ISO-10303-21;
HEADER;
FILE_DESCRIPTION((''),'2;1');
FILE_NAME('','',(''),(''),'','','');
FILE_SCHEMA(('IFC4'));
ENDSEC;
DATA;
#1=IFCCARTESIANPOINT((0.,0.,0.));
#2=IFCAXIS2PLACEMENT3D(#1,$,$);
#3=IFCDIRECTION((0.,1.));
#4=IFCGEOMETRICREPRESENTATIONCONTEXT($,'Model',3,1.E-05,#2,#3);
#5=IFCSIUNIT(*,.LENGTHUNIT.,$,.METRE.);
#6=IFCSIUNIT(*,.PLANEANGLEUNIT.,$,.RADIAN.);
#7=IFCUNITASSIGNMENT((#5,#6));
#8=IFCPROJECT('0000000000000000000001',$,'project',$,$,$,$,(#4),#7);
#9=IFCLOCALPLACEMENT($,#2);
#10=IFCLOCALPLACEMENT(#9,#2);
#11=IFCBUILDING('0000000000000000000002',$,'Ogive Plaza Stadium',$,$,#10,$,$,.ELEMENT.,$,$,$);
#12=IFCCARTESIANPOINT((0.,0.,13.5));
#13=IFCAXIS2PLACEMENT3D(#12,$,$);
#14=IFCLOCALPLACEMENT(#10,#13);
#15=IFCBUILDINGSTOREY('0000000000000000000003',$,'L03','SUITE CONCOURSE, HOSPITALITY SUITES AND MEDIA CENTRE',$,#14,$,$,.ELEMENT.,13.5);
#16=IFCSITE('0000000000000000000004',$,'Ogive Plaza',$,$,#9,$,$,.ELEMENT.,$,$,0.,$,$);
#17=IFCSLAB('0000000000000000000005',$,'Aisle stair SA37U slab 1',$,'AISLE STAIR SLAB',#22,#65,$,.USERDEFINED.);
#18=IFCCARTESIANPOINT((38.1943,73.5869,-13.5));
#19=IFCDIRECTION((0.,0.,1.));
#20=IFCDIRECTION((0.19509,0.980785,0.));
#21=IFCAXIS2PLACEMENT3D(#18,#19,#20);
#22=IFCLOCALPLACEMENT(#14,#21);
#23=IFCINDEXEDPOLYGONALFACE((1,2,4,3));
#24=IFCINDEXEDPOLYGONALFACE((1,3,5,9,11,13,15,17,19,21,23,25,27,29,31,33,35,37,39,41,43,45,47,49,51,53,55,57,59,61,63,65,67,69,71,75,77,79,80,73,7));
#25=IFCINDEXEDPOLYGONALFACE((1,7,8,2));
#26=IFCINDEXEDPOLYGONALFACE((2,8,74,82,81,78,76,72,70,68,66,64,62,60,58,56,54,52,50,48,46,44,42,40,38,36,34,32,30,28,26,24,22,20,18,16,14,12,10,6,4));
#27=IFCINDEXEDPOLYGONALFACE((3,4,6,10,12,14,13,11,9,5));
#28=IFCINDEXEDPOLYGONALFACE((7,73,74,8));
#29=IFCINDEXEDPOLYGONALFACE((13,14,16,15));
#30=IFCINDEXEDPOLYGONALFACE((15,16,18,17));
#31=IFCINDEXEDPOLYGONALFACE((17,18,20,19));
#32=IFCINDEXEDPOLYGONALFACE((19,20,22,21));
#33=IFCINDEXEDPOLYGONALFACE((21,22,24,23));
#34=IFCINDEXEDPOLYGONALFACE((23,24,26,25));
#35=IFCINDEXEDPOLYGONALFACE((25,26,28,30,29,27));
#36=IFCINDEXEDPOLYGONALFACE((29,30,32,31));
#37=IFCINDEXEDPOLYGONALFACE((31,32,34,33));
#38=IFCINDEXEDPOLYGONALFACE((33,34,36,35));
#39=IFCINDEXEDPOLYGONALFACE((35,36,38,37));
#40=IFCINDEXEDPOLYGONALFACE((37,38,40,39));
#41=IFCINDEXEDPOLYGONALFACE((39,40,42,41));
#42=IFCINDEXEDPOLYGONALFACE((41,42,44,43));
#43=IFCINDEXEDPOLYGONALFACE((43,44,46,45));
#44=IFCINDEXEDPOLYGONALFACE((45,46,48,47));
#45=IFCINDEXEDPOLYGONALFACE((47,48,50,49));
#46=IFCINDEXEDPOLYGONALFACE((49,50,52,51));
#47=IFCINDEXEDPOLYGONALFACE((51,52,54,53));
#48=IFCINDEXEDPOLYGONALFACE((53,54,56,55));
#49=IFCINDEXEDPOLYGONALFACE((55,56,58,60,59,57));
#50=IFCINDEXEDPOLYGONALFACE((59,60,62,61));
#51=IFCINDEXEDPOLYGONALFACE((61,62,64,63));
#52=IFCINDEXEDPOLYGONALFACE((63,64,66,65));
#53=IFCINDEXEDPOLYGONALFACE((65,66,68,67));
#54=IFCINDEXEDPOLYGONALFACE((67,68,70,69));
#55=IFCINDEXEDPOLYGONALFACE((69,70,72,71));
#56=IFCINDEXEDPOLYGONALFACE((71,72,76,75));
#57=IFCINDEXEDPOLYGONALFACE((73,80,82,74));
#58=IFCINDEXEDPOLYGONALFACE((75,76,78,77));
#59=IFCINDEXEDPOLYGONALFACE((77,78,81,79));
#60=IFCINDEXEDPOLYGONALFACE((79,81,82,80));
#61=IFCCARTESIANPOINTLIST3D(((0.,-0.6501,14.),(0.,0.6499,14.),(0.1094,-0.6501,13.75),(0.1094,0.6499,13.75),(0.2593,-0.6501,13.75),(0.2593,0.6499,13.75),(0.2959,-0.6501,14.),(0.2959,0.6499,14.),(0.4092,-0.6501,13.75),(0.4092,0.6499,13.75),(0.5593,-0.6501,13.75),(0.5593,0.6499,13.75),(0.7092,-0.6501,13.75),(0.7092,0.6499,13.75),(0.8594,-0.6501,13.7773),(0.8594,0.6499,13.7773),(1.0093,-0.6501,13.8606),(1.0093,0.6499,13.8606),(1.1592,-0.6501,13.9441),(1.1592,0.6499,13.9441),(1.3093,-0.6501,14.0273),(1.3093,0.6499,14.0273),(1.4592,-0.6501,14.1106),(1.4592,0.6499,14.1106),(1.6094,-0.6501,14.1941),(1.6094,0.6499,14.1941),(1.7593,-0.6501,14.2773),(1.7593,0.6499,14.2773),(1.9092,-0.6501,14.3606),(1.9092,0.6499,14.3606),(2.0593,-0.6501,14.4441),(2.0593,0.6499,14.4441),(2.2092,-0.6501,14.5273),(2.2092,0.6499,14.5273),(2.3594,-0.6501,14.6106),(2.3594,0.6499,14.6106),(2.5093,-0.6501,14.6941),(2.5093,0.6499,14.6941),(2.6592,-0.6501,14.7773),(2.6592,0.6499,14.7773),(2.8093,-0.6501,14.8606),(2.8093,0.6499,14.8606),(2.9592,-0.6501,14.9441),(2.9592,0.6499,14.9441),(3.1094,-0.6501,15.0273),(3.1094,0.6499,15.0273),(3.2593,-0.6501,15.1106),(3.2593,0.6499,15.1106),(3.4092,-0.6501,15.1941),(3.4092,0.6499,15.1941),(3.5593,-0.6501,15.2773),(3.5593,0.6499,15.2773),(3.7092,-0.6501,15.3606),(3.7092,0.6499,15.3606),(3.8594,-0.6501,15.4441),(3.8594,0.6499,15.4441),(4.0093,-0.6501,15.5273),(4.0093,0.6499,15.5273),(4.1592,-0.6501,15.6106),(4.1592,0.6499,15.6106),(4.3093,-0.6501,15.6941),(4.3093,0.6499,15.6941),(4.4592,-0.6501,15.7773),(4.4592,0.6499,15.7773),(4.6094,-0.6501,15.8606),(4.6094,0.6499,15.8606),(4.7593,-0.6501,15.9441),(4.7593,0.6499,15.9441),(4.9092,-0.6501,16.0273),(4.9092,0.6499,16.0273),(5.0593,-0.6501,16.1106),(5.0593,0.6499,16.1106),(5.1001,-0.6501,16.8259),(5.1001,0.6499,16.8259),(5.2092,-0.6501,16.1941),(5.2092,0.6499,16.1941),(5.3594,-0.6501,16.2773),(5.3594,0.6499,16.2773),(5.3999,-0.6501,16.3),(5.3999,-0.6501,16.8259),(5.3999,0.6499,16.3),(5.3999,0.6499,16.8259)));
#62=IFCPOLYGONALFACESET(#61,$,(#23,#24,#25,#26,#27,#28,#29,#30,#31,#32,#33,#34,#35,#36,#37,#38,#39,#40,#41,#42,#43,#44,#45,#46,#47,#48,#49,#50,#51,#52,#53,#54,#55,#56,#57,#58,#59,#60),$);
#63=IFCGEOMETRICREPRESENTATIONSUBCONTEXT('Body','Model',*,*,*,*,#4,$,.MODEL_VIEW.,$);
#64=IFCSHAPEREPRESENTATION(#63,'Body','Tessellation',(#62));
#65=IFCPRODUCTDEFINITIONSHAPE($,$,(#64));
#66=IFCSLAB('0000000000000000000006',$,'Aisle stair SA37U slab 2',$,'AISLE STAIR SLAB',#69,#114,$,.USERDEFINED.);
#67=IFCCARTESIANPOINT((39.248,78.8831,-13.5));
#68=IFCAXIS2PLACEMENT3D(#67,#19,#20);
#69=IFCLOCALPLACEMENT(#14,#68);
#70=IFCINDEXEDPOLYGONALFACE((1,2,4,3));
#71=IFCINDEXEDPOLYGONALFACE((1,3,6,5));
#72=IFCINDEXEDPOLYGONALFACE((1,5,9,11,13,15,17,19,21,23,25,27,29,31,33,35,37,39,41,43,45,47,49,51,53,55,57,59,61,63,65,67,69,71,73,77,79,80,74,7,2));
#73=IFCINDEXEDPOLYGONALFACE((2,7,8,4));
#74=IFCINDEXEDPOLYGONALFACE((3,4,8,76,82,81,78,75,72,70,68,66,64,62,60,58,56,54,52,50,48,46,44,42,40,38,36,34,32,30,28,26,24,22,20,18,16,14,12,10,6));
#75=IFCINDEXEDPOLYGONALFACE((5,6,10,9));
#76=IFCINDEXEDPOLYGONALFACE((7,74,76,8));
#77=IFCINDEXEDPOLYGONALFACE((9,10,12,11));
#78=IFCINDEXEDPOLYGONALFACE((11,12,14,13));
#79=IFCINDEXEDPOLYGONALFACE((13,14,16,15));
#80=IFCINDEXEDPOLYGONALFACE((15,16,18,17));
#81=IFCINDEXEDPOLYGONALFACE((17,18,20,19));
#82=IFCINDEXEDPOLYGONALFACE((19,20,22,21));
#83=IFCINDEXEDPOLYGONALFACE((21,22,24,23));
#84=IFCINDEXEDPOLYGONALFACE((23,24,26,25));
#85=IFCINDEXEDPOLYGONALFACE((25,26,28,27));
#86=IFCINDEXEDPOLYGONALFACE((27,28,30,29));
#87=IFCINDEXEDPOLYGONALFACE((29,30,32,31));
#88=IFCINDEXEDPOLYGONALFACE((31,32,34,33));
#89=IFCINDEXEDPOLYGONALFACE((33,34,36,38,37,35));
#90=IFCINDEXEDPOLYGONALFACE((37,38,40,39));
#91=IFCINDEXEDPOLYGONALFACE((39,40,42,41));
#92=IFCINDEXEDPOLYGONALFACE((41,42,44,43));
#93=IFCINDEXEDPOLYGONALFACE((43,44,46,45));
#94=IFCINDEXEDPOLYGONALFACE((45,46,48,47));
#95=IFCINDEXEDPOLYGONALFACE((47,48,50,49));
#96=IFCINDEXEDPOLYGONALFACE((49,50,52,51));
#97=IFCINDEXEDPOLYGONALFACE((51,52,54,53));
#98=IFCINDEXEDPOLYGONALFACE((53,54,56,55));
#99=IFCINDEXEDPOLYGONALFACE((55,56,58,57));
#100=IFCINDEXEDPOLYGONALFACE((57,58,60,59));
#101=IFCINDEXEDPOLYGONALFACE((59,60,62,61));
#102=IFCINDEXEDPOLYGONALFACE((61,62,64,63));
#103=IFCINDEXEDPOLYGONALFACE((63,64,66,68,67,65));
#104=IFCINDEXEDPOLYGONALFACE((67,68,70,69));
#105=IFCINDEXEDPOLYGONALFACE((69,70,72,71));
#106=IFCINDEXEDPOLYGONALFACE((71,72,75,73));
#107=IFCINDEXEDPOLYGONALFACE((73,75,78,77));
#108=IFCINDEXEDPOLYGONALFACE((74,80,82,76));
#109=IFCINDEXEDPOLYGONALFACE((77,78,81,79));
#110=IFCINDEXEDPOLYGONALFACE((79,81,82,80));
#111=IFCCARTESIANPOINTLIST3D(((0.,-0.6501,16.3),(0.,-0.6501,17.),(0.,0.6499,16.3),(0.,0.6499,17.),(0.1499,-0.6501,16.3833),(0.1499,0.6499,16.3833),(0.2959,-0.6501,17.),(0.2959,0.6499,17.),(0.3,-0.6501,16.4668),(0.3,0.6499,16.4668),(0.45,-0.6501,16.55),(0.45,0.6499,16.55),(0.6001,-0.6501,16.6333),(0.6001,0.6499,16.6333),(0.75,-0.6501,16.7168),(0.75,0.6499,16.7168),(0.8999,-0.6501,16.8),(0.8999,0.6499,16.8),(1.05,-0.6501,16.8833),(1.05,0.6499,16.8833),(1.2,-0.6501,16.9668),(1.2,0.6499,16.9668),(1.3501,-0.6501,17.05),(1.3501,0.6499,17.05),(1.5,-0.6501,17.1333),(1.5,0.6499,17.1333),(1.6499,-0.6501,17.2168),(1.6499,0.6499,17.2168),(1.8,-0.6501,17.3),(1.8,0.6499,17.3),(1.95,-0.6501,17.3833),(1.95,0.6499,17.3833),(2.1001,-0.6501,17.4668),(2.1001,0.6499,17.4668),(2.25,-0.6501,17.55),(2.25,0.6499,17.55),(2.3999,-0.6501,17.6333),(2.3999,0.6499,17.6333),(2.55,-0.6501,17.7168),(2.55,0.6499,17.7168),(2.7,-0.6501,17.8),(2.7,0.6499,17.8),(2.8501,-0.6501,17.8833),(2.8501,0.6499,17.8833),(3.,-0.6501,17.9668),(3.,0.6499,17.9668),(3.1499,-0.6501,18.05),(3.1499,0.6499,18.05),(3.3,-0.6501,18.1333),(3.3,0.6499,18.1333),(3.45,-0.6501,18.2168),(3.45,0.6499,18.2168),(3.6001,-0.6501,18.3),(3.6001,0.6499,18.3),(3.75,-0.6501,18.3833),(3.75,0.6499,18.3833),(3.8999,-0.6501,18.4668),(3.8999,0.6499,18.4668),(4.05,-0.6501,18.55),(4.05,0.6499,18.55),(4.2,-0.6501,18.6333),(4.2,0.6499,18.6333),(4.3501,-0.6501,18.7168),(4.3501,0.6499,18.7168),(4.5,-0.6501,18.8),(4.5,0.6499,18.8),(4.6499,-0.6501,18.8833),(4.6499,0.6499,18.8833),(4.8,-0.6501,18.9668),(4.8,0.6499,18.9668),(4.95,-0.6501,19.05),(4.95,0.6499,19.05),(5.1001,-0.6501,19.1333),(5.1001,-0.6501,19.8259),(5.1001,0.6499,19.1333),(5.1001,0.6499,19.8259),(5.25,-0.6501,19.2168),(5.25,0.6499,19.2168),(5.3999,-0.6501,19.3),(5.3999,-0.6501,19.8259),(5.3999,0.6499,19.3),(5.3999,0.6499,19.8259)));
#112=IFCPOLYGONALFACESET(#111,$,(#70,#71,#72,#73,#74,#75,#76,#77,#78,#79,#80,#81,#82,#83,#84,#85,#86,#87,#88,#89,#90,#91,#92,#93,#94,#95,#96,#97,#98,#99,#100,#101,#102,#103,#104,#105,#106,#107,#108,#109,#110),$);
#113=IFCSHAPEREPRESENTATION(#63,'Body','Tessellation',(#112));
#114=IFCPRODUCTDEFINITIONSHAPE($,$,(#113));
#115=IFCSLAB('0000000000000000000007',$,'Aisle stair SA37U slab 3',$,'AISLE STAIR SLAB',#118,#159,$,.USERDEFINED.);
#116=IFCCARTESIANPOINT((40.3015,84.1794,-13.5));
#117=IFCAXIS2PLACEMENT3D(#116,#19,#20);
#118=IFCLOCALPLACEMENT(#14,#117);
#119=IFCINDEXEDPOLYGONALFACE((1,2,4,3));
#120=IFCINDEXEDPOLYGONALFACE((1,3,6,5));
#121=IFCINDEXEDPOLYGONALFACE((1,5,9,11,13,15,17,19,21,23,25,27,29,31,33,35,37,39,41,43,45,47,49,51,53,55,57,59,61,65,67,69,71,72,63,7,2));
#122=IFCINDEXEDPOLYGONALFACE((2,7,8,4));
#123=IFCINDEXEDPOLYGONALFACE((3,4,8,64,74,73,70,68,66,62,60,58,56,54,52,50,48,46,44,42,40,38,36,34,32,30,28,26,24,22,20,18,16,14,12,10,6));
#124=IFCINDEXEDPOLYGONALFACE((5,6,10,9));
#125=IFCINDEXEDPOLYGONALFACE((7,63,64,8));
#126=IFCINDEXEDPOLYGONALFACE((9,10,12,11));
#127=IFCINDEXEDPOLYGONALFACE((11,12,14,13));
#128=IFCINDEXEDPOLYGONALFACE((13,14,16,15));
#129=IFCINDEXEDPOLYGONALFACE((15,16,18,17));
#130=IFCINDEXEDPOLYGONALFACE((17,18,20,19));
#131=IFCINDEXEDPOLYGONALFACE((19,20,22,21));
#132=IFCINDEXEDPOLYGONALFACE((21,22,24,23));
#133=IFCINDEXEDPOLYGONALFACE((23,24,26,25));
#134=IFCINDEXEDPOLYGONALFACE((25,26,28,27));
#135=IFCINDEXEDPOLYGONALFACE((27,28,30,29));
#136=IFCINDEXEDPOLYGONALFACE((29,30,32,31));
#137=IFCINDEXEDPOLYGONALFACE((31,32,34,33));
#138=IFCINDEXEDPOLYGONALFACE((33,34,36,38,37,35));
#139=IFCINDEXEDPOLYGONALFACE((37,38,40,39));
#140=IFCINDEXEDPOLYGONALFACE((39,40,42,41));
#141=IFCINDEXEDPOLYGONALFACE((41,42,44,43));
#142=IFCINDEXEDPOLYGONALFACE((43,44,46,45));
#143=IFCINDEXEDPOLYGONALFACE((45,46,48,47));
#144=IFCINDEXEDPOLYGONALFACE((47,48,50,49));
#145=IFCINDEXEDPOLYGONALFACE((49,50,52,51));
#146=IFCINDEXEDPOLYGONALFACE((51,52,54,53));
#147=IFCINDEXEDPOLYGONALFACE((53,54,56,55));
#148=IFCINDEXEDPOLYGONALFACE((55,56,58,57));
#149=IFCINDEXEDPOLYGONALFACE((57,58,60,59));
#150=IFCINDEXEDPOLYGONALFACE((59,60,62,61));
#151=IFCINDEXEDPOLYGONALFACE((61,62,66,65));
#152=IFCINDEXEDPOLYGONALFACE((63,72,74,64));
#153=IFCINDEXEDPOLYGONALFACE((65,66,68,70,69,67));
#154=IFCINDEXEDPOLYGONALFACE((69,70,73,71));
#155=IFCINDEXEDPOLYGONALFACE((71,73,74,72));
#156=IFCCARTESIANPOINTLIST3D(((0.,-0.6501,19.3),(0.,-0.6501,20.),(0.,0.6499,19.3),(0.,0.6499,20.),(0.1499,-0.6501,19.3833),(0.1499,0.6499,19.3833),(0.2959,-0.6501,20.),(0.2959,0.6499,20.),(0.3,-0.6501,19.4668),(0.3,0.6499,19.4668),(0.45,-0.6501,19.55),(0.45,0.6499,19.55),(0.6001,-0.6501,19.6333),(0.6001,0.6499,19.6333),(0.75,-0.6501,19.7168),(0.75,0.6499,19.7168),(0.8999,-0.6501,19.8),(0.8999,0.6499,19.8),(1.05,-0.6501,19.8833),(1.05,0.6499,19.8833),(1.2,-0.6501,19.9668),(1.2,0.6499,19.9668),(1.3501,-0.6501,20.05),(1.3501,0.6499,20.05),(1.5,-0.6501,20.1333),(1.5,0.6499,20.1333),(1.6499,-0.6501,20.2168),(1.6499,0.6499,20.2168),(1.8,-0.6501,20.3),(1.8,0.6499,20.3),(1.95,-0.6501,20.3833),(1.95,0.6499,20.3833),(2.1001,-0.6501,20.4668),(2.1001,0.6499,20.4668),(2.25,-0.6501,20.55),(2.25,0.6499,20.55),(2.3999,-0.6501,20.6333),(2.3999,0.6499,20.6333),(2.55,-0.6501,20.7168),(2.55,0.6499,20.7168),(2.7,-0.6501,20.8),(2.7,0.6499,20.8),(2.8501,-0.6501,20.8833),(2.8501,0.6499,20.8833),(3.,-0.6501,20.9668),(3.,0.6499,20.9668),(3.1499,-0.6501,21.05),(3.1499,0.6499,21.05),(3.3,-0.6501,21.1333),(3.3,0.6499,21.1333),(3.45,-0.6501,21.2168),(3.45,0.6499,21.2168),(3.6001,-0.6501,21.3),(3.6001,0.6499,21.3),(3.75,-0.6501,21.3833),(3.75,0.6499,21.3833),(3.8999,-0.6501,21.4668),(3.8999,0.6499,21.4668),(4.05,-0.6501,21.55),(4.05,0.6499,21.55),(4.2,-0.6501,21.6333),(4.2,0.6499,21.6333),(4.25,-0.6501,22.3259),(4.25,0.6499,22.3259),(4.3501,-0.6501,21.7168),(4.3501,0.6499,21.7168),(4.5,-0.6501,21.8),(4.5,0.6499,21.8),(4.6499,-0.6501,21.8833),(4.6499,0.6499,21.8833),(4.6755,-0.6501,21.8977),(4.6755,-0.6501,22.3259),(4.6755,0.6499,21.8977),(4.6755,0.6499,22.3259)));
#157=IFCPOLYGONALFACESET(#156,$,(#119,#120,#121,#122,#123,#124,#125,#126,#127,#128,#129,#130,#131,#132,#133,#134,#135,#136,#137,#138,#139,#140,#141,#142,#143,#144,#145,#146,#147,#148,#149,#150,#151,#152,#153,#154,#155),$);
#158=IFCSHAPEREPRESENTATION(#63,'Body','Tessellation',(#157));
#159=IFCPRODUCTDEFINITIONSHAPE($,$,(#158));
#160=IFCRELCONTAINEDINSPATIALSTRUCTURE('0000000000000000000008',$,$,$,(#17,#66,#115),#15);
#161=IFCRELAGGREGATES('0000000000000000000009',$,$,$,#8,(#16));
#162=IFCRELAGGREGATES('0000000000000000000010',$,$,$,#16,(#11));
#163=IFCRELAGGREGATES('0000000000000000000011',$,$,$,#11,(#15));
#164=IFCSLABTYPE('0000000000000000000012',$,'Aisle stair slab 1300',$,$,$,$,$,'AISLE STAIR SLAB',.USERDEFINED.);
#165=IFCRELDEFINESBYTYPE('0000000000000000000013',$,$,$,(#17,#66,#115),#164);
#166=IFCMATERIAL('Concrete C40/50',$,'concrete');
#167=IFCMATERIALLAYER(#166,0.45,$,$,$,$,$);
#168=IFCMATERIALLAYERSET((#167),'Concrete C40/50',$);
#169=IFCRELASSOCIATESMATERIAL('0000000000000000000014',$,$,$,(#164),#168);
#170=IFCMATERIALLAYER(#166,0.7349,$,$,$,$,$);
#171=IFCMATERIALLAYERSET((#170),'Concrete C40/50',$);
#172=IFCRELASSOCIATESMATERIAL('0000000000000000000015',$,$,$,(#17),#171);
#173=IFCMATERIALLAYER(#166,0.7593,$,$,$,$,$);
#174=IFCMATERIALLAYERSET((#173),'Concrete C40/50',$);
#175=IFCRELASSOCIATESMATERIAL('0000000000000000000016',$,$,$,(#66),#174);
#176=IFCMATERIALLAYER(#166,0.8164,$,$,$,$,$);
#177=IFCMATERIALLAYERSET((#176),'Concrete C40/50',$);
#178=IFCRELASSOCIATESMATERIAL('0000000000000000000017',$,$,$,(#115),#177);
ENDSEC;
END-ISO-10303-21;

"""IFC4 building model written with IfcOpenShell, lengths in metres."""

from ifc_helpers import new_model, si_unit, direction, frame, origin, place, context, subcontext, project, spatial, polyline, outline, extrude, material, layer, layer_set, type_object, element, save


model = new_model("IFC4")

# Units and contexts
model_context = context("Model", 3, precision=1e-05, world=origin(), true_north=direction((0.0, 1.0)))
body_context = subcontext(model_context, "Body", "Model", "MODEL_VIEW")
ifc_project = project(units=[si_unit("LENGTHUNIT", "METRE"), si_unit("PLANEANGLEUNIT", "RADIAN")], contexts=[model_context])

# Site, building, storey
site_placement = place(None, origin())
site = spatial("IfcSite", under=ifc_project, at=site_placement, Name="Ogive Plaza", CompositionType="ELEMENT", RefElevation=0.0)
building_placement = place(site_placement, origin())
building = spatial("IfcBuilding", under=site, at=building_placement, Name="Ogive Plaza Stadium", CompositionType="ELEMENT")
storey_placement = place(building_placement, frame((0.0, 0.0, 13.5)))
storey = spatial("IfcBuildingStorey", under=building, at=storey_placement, Name="L03", Description="SUITE CONCOURSE, HOSPITALITY SUITES AND MEDIA CENTRE", CompositionType="ELEMENT", Elevation=13.5)

# Slabs
ifc_material_1 = material(Name="Concrete C40/50", Category="concrete")
ifc_layer_1 = layer(ifc_material_1, 0.7349)
ifc_layer_set_1 = layer_set([ifc_layer_1], Name="Concrete C40/50")
ifc_layer_2 = layer(ifc_material_1, 0.45)
ifc_layer_set_2 = layer_set([ifc_layer_2], Name="Concrete C40/50")
slab_type = type_object("IfcSlabType", Name="Aisle stair slab 1300", ElementType="AISLE STAIR SLAB", PredefinedType="USERDEFINED", material=ifc_layer_set_2)
slab_1_placement = place(storey_placement, frame((38.1943, 73.5869, -13.5), z_axis=(0.0, 0.0, 1.0), x_axis=(0.19509, 0.980785, 0.0)))
element("IfcSlab", 1, at=slab_1_placement, inside=storey, type_object=slab_type, material=ifc_layer_set_1, Name="Aisle stair SA37U slab 1", ObjectType="AISLE STAIR SLAB", PredefinedType="USERDEFINED", context=body_context, shape_type="SweptSolid", body=[
    extrude(outline(polyline([(0.0, 14.0), (0.2959, 14.0), (5.1001, 16.8259), (5.3999, 16.8259), (5.3999, 16.3), (5.3594, 16.2773), (5.2092, 16.1941), (5.0593, 16.1106), (4.9092, 16.0273), (4.7593, 15.9441), (4.6094, 15.8606), (4.4592, 15.7773), (4.3093, 15.6941), (4.1592, 15.6106), (4.0093, 15.5273), (3.8594, 15.4441), (3.7092, 15.3606), (3.5593, 15.2773), (3.4092, 15.1941), (3.2593, 15.1106), (3.1094, 15.0273), (2.9592, 14.9441), (2.8093, 14.8606), (2.6592, 14.7773), (2.5093, 14.6941), (2.3594, 14.6106), (2.2092, 14.5273), (2.0593, 14.4441), (1.9092, 14.3606), (1.7593, 14.2773), (1.6094, 14.1941), (1.4592, 14.1106), (1.3093, 14.0273), (1.1592, 13.9441), (1.0093, 13.8606), (0.8594, 13.7773), (0.7092, 13.75), (0.5593, 13.75), (0.4092, 13.75), (0.2593, 13.75), (0.1094, 13.75), (0.0, 14.0)])), frame((0.0, 0.6499, 0.0), z_axis=(0.0, -1.0, 0.0), x_axis=(1.0, 0.0, 0.0)), (0.0, 0.0, 1.0), 1.3),
])
ifc_layer_3 = layer(ifc_material_1, 0.7593)
ifc_layer_set_3 = layer_set([ifc_layer_3], Name="Concrete C40/50")
slab_2_placement = place(storey_placement, frame((39.248, 78.8831, -13.5), z_axis=(0.0, 0.0, 1.0), x_axis=(0.19509, 0.980785, 0.0)))
element("IfcSlab", 2, at=slab_2_placement, inside=storey, type_object=slab_type, material=ifc_layer_set_3, Name="Aisle stair SA37U slab 2", ObjectType="AISLE STAIR SLAB", PredefinedType="USERDEFINED", context=body_context, shape_type="SweptSolid", body=[
    extrude(outline(polyline([(0.0, 17.0), (0.2959, 17.0), (5.1001, 19.8259), (5.3999, 19.8259), (5.3999, 19.3), (5.25, 19.2168), (5.1001, 19.1333), (4.95, 19.05), (4.8, 18.9668), (4.6499, 18.8833), (4.5, 18.8), (4.3501, 18.7168), (4.2, 18.6333), (4.05, 18.55), (3.8999, 18.4668), (3.75, 18.3833), (3.6001, 18.3), (3.45, 18.2168), (3.3, 18.1333), (3.1499, 18.05), (3.0, 17.9668), (2.8501, 17.8833), (2.7, 17.8), (2.55, 17.7168), (2.3999, 17.6333), (2.25, 17.55), (2.1001, 17.4668), (1.95, 17.3833), (1.8, 17.3), (1.6499, 17.2168), (1.5, 17.1333), (1.3501, 17.05), (1.2, 16.9668), (1.05, 16.8833), (0.8999, 16.8), (0.75, 16.7168), (0.6001, 16.6333), (0.45, 16.55), (0.3, 16.4668), (0.1499, 16.3833), (0.0, 16.3), (0.0, 17.0)])), frame((0.0, 0.6499, 0.0), z_axis=(0.0, -1.0, 0.0), x_axis=(1.0, 0.0, 0.0)), (0.0, 0.0, 1.0), 1.3),
])
ifc_layer_4 = layer(ifc_material_1, 0.8164)
ifc_layer_set_4 = layer_set([ifc_layer_4], Name="Concrete C40/50")
slab_3_placement = place(storey_placement, frame((40.3015, 84.1794, -13.5), z_axis=(0.0, 0.0, 1.0), x_axis=(0.19509, 0.980785, 0.0)))
element("IfcSlab", 3, at=slab_3_placement, inside=storey, type_object=slab_type, material=ifc_layer_set_4, Name="Aisle stair SA37U slab 3", ObjectType="AISLE STAIR SLAB", PredefinedType="USERDEFINED", context=body_context, shape_type="SweptSolid", body=[
    extrude(outline(polyline([(0.0, 20.0), (0.2959, 20.0), (4.25, 22.3259), (4.6755, 22.3259), (4.6755, 21.8977), (4.6499, 21.8833), (4.5, 21.8), (4.3501, 21.7168), (4.2, 21.6333), (4.05, 21.55), (3.8999, 21.4668), (3.75, 21.3833), (3.6001, 21.3), (3.45, 21.2168), (3.3, 21.1333), (3.1499, 21.05), (3.0, 20.9668), (2.8501, 20.8833), (2.7, 20.8), (2.55, 20.7168), (2.3999, 20.6333), (2.25, 20.55), (2.1001, 20.4668), (1.95, 20.3833), (1.8, 20.3), (1.6499, 20.2168), (1.5, 20.1333), (1.3501, 20.05), (1.2, 19.9668), (1.05, 19.8833), (0.8999, 19.8), (0.75, 19.7168), (0.6001, 19.6333), (0.45, 19.55), (0.3, 19.4668), (0.1499, 19.3833), (0.0, 19.3), (0.0, 20.0)])), frame((0.0, 0.6499, 0.0), z_axis=(0.0, -1.0, 0.0), x_axis=(1.0, 0.0, 0.0)), (0.0, 0.0, 1.0), 1.3),
])

save(model, "model.ifc")
